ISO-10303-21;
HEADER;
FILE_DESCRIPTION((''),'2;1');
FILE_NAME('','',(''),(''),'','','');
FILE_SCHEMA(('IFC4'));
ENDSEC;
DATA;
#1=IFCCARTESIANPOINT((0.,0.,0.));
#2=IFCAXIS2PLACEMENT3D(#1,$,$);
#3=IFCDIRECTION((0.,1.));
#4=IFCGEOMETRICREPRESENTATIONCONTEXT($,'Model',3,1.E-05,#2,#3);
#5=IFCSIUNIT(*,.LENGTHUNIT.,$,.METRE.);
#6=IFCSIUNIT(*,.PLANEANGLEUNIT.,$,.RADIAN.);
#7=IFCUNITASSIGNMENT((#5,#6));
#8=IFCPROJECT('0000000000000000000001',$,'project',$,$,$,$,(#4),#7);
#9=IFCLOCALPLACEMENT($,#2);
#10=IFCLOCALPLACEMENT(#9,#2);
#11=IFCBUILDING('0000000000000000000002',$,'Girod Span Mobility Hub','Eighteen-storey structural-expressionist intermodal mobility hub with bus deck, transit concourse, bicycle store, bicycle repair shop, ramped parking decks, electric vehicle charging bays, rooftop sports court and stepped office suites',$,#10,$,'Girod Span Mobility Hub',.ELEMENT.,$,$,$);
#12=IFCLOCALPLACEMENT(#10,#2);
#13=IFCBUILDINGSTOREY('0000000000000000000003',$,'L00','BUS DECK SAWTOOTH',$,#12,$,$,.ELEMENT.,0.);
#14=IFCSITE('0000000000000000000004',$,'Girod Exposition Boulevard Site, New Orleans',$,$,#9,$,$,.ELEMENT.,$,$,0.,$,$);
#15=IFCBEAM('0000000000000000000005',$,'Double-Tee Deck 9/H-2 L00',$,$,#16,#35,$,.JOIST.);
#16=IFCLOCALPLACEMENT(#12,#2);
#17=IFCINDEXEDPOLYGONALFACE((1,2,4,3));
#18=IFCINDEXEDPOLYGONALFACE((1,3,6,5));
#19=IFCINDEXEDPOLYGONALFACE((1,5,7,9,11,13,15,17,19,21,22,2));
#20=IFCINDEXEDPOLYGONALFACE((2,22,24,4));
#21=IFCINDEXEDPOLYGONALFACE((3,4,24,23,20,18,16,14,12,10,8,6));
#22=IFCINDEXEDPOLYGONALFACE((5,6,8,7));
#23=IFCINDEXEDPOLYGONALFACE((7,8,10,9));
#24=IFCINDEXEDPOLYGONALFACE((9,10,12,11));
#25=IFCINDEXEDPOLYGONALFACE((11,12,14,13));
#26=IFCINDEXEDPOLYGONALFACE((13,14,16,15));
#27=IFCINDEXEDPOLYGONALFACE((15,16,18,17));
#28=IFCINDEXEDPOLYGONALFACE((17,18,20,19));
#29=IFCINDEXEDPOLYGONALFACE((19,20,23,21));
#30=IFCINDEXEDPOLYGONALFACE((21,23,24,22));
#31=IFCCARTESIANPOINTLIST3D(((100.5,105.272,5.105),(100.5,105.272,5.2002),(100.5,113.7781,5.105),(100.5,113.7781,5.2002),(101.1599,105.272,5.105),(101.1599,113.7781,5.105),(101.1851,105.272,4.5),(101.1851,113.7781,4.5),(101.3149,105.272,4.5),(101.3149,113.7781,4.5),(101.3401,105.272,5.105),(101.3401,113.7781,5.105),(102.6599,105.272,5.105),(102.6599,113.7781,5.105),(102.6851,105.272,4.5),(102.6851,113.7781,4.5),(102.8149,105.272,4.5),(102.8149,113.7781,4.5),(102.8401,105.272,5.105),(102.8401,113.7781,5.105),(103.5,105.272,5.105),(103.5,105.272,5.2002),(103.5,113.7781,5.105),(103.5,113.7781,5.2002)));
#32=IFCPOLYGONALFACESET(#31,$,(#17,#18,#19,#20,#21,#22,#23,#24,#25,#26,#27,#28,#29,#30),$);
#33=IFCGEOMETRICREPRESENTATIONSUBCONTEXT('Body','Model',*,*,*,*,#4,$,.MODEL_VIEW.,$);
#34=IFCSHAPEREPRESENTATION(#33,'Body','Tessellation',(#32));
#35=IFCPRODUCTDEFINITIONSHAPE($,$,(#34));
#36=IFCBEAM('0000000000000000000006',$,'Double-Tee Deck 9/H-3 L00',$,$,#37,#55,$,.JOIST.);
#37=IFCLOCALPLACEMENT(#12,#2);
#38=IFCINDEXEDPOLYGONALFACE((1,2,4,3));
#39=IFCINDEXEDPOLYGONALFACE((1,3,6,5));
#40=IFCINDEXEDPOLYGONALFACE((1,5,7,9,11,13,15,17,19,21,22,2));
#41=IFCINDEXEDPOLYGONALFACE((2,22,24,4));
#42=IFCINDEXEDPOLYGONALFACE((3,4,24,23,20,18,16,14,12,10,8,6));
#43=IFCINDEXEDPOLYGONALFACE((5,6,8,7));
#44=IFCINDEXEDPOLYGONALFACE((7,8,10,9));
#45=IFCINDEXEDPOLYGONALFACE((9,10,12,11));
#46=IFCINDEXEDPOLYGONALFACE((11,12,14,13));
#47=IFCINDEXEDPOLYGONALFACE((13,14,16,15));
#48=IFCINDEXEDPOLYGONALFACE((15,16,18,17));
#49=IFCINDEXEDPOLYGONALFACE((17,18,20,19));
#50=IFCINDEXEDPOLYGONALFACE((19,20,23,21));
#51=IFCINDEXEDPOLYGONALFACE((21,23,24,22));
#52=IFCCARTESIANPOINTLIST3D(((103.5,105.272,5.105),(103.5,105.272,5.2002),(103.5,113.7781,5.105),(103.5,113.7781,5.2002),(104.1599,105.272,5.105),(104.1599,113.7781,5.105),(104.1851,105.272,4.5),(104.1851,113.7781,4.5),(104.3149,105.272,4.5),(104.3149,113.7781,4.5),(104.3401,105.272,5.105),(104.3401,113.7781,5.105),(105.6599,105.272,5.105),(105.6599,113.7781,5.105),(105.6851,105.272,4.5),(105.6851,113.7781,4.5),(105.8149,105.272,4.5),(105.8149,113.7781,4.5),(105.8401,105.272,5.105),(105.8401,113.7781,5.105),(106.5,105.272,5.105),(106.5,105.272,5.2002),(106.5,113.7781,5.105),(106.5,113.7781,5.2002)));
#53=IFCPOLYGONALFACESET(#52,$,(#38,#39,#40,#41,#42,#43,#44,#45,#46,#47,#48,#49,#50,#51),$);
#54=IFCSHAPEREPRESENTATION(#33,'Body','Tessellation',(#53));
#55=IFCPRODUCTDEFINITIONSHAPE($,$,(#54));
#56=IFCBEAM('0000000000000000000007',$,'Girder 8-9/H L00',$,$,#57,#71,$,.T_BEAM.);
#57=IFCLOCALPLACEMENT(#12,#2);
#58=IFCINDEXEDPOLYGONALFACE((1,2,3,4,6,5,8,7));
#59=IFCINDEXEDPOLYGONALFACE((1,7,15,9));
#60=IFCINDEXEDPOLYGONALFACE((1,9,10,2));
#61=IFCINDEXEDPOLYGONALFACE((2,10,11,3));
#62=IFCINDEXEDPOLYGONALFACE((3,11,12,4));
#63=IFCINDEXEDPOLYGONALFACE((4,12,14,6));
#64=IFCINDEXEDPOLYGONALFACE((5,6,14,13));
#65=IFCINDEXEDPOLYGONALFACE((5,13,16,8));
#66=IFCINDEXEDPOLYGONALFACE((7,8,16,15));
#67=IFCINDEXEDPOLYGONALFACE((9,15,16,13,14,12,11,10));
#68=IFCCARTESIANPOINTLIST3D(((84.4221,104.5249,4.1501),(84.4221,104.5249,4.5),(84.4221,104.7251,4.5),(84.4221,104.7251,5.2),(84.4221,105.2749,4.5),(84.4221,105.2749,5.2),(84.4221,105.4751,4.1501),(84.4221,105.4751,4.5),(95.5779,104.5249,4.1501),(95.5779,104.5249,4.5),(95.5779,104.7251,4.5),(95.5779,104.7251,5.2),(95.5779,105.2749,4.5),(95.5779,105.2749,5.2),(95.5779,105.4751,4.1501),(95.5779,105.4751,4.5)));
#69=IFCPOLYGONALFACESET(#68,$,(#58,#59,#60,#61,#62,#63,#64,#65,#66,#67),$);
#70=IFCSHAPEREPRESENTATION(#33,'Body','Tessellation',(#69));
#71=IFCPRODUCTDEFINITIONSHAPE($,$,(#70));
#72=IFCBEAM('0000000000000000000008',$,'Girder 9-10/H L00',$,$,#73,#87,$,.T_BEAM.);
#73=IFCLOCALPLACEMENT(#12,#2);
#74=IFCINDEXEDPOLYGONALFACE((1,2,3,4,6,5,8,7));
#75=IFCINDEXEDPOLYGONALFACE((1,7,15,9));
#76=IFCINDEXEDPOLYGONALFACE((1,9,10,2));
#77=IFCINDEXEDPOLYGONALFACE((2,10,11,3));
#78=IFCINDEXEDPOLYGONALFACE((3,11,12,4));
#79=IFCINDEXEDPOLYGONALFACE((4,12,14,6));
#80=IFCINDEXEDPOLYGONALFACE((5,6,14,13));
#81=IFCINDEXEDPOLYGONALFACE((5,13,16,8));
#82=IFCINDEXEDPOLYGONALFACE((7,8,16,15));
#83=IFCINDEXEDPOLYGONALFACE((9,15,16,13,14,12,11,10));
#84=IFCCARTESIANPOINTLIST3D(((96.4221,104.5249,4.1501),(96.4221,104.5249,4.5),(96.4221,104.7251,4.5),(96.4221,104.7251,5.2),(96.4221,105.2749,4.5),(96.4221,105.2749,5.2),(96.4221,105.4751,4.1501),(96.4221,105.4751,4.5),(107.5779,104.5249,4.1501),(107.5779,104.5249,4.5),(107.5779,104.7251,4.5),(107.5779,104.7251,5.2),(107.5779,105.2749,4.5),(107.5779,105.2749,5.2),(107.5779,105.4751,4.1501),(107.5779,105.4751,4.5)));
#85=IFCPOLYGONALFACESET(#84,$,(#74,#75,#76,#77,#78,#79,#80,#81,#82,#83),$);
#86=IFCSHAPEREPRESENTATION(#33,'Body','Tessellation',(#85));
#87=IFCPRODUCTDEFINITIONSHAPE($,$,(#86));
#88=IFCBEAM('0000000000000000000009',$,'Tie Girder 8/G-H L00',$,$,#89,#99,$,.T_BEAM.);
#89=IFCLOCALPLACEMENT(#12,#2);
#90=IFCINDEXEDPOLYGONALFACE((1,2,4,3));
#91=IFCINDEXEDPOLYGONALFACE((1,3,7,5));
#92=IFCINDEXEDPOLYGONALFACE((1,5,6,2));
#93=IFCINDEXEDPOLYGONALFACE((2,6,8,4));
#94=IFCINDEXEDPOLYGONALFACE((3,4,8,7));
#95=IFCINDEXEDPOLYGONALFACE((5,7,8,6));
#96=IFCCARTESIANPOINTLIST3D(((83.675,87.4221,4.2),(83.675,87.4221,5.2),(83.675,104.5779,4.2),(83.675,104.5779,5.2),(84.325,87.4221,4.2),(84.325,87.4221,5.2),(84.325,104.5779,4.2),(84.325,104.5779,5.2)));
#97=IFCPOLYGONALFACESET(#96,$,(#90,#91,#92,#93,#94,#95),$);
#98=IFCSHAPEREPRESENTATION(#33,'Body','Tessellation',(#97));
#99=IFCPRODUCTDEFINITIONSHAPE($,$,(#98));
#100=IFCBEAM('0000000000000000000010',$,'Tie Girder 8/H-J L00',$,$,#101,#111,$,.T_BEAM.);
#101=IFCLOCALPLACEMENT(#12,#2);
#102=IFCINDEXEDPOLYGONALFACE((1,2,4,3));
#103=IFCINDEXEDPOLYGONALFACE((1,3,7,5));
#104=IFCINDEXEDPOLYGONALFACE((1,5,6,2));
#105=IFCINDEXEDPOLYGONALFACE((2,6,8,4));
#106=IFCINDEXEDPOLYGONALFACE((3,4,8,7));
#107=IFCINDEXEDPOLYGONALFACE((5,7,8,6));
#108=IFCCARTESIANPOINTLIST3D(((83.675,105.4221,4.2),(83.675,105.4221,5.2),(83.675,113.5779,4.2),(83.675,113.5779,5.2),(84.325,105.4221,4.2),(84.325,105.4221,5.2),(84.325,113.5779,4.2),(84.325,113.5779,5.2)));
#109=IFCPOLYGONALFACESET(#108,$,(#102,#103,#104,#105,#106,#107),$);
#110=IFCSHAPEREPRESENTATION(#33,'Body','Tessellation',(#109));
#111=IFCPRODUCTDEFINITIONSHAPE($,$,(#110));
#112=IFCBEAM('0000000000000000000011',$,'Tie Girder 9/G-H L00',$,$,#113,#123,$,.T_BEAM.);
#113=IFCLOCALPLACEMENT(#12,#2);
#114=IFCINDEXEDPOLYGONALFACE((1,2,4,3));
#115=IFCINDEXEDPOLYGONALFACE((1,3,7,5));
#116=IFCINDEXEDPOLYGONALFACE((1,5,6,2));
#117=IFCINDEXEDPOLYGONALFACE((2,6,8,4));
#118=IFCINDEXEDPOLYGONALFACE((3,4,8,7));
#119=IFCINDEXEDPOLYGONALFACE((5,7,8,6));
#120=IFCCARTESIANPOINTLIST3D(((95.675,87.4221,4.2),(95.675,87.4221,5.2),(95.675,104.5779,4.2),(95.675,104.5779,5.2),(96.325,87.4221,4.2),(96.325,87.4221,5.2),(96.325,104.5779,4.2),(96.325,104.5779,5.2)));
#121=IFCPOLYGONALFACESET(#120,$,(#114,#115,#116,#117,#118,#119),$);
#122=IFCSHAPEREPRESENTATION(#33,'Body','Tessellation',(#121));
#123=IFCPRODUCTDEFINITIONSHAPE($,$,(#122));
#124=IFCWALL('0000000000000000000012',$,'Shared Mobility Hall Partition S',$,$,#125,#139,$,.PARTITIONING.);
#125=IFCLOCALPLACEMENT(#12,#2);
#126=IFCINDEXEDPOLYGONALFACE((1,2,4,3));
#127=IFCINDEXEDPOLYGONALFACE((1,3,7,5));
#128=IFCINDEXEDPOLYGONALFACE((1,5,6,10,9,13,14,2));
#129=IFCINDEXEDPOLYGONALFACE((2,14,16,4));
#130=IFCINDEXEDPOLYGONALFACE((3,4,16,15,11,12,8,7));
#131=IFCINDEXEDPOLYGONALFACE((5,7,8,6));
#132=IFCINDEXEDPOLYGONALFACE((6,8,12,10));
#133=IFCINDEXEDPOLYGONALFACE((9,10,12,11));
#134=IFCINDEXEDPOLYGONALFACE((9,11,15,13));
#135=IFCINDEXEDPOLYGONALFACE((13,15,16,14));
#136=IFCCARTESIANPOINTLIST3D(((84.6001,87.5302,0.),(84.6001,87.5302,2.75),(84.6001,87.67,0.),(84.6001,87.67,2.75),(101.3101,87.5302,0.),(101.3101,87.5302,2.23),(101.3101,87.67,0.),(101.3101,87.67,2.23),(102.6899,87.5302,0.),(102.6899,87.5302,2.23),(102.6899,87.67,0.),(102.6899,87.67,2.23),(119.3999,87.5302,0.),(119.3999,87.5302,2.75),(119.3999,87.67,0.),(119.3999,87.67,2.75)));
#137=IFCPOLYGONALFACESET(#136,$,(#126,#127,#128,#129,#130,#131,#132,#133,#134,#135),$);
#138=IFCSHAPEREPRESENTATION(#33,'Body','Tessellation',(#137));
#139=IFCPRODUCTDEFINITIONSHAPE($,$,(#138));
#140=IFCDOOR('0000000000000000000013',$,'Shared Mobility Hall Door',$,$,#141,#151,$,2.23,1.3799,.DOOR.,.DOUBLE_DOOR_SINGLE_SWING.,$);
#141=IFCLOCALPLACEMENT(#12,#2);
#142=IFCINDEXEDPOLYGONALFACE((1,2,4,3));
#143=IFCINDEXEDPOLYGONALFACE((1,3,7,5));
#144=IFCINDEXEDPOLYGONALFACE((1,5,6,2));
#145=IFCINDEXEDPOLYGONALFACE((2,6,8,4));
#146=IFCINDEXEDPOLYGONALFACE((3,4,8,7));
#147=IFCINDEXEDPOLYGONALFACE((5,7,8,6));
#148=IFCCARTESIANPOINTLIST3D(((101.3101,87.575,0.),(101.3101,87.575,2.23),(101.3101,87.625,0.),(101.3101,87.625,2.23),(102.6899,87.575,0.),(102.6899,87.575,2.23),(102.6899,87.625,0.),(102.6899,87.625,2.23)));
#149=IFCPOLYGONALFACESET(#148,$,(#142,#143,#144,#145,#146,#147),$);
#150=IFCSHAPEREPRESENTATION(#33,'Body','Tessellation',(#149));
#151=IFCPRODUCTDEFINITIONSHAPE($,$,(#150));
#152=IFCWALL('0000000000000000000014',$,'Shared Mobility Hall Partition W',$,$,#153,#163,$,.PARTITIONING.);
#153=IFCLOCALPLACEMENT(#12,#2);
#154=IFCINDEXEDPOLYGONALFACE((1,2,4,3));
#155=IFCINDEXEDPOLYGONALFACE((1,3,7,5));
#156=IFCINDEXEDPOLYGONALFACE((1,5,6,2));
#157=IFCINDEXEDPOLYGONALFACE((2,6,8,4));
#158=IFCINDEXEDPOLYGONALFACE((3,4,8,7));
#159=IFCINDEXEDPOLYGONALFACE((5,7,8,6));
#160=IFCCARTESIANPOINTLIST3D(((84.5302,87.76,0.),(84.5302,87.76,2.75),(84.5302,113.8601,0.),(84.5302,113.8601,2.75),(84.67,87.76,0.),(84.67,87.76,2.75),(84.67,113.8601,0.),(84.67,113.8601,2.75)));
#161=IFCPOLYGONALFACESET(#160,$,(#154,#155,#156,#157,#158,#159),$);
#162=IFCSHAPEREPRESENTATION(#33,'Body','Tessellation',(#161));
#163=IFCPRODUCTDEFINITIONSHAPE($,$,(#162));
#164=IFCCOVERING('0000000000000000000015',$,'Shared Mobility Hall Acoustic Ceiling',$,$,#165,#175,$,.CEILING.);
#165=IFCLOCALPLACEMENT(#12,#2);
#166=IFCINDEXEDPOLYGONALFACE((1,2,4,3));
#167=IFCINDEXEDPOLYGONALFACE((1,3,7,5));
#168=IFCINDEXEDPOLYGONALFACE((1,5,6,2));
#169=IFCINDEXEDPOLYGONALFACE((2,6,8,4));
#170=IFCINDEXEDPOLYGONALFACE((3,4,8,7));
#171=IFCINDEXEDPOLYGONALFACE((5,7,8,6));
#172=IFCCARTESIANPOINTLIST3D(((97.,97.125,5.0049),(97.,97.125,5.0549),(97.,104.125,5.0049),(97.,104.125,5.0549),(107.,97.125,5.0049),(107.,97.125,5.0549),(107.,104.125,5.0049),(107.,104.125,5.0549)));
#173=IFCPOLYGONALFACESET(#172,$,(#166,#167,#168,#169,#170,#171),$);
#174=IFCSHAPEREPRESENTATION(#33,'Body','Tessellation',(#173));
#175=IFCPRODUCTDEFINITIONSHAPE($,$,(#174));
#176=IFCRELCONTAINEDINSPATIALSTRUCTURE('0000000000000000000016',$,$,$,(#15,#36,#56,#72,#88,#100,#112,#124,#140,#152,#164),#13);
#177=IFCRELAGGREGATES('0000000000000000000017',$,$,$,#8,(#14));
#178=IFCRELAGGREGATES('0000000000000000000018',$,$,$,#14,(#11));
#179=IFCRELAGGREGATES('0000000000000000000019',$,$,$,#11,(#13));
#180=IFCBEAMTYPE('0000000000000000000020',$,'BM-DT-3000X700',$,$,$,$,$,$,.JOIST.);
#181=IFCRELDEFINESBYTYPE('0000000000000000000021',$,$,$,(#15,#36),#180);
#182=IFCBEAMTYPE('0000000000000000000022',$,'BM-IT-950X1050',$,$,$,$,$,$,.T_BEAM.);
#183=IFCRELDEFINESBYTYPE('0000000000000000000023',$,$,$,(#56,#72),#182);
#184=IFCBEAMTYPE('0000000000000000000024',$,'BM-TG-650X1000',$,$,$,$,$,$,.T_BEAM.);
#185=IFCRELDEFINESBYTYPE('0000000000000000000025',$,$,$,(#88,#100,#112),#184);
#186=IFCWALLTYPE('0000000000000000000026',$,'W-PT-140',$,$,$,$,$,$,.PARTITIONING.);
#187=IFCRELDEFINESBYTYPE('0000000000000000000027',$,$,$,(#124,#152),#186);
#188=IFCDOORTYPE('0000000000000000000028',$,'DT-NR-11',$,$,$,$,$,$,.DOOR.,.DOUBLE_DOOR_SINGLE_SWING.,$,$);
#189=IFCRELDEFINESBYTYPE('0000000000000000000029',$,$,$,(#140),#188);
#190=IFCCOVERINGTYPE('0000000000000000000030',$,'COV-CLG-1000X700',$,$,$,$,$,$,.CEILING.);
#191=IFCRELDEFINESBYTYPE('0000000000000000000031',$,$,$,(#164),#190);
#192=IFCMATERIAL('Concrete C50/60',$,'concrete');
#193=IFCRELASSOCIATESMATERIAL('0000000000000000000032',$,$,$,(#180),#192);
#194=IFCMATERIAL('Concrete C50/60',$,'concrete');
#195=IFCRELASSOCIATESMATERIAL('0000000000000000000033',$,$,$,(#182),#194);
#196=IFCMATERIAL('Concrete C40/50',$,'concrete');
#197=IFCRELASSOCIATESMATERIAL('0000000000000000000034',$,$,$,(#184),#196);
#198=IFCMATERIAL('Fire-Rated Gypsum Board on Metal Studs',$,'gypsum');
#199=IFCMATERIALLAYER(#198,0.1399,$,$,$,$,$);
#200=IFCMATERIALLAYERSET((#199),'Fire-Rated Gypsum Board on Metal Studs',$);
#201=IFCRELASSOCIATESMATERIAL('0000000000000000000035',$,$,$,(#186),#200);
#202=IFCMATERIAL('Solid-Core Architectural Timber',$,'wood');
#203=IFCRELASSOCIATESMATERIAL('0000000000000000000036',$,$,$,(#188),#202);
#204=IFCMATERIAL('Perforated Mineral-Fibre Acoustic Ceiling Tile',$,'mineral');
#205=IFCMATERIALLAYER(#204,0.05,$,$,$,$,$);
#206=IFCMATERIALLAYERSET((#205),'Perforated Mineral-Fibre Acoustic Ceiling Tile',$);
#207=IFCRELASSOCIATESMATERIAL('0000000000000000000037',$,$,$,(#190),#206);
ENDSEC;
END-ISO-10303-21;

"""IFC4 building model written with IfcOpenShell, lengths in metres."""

from ifc_helpers import new_model, si_unit, direction, frame, frame_2d, origin, origin_2d, place, context, subcontext, project, spatial, polyline, rectangle, outline, extrude, material, layer, layer_set, material_profile, profile_set, type_object, element, fill, save


model = new_model("IFC4")

# Units and contexts
model_context = context("Model", 3, precision=1e-05, world=origin(), true_north=direction((0.0, 1.0)))
body_context = subcontext(model_context, "Body", "Model", "MODEL_VIEW")
ifc_project = project(units=[si_unit("LENGTHUNIT", "METRE"), si_unit("PLANEANGLEUNIT", "RADIAN")], contexts=[model_context])

# Site, building, storey
site_placement = place(None, origin())
site = spatial("IfcSite", under=ifc_project, at=site_placement, Name="Girod Exposition Boulevard Site, New Orleans", CompositionType="ELEMENT", RefElevation=0.0)
building_placement = place(site_placement, origin())
building = spatial("IfcBuilding", under=site, at=building_placement, Name="Girod Span Mobility Hub", Description="Eighteen-storey structural-expressionist intermodal mobility hub with bus deck, transit concourse, bicycle store, bicycle repair shop, ramped parking decks, electric vehicle charging bays, rooftop sports court and stepped office suites", LongName="Girod Span Mobility Hub", CompositionType="ELEMENT")
storey_placement = place(building_placement, origin())
storey = spatial("IfcBuildingStorey", under=building, at=storey_placement, Name="L00", Description="BUS DECK SAWTOOTH", CompositionType="ELEMENT", Elevation=0.0)

# Beams
ifc_material_1 = material(Name="Concrete C50/60", Category="concrete")
ifc_material_profile_1 = material_profile(ifc_material_1, outline(polyline([(-1.5, 0.3501), (-1.5, 0.2549), (-0.8401, 0.2549), (-0.8149, -0.3501), (-0.6851, -0.3501), (-0.6599, 0.2549), (0.6599, 0.2549), (0.6851, -0.3501), (0.8149, -0.3501), (0.8401, 0.2549), (1.5, 0.2549), (1.5, 0.3501), (-1.5, 0.3501)])), Name="DT-3000X700")
ifc_profile_set_1 = profile_set([ifc_material_profile_1], Name="Concrete C50/60")
beam_type_1 = type_object("IfcBeamType", Name="BM-DT-3000X700", PredefinedType="JOIST", material=ifc_profile_set_1)
for number, where, z_axis, x_axis, name in (
    (1, (102.0, 105.272, 4.8501), (0.0, 1.0, 0.0), (-1.0, 0.0, 0.0), "Double-Tee Deck 9/H-2 L00"),
    (2, (105.0, 105.272, 4.8501), (0.0, 1.0, 0.0), (-1.0, 0.0, 0.0), "Double-Tee Deck 9/H-3 L00"),
):
    element("IfcBeam", number, at=place(storey_placement, frame(where, z_axis=z_axis, x_axis=x_axis)), inside=storey, type_object=beam_type_1, Name=name, PredefinedType="JOIST", context=body_context, shape_type="SweptSolid", body=[
        extrude(outline(polyline([(-1.5, 0.3501), (-1.5, 0.2549), (-0.8401, 0.2549), (-0.8149, -0.3501), (-0.6851, -0.3501), (-0.6599, 0.2549), (0.6599, 0.2549), (0.6851, -0.3501), (0.8149, -0.3501), (0.8401, 0.2549), (1.5, 0.2549), (1.5, 0.3501), (-1.5, 0.3501)])), origin(), (0.0, 0.0, 1.0), 8.5061),
    ])
ifc_material_2 = material(Name="Concrete C50/60", Category="concrete")
ifc_material_profile_2 = material_profile(ifc_material_2, outline(polyline([(-0.4751, -0.5249), (0.4751, -0.5249), (0.4751, -0.175), (0.2749, -0.175), (0.2749, 0.5249), (-0.2749, 0.5249), (-0.2749, -0.175), (-0.4751, -0.175), (-0.4751, -0.5249)])), Name="IT-950X1050")
ifc_profile_set_2 = profile_set([ifc_material_profile_2], Name="Concrete C50/60")
beam_type_2 = type_object("IfcBeamType", Name="BM-IT-950X1050", PredefinedType="T_BEAM", material=ifc_profile_set_2)
for number, where, z_axis, x_axis, name in (
    (3, (84.4221, 105.0, 4.675), (1.0, 0.0, 0.0), (0.0, 1.0, 0.0), "Girder 8-9/H L00"),
    (4, (96.4221, 105.0, 4.675), (1.0, 0.0, 0.0), (0.0, 1.0, 0.0), "Girder 9-10/H L00"),
):
    element("IfcBeam", number, at=place(storey_placement, frame(where, z_axis=z_axis, x_axis=x_axis)), inside=storey, type_object=beam_type_2, Name=name, PredefinedType="T_BEAM", context=body_context, shape_type="SweptSolid", body=[
        extrude(outline(polyline([(-0.4751, -0.5249), (0.4751, -0.5249), (0.4751, -0.175), (0.2749, -0.175), (0.2749, 0.5249), (-0.2749, 0.5249), (-0.2749, -0.175), (-0.4751, -0.175), (-0.4751, -0.5249)])), origin(), (0.0, 0.0, 1.0), 11.1558),
    ])
ifc_material_3 = material(Name="Concrete C40/50", Category="concrete")
ifc_material_profile_3 = material_profile(ifc_material_3, rectangle(XDim=0.6499, YDim=1.0, at=origin_2d()), Name="TG-650X1000")
ifc_profile_set_3 = profile_set([ifc_material_profile_3], Name="Concrete C40/50")
beam_type_3 = type_object("IfcBeamType", Name="BM-TG-650X1000", PredefinedType="T_BEAM", material=ifc_profile_set_3)
beam_1_placement = place(storey_placement, frame((84.0, 87.4221, 4.7), z_axis=(0.0, 1.0, 0.0), x_axis=(-1.0, 0.0, 0.0)))
element("IfcBeam", 5, at=beam_1_placement, inside=storey, type_object=beam_type_3, Name="Tie Girder 8/G-H L00", PredefinedType="T_BEAM", context=body_context, shape_type="SweptSolid", body=[
    extrude(rectangle(XDim=0.6499, YDim=1.0, at=origin_2d()), origin(), (0.0, 0.0, 1.0), 17.1558),
])
beam_2_placement = place(storey_placement, frame((84.0, 105.4221, 4.7), z_axis=(0.0, 1.0, 0.0), x_axis=(-1.0, 0.0, 0.0)))
element("IfcBeam", 6, at=beam_2_placement, inside=storey, type_object=beam_type_3, Name="Tie Girder 8/H-J L00", PredefinedType="T_BEAM", context=body_context, shape_type="SweptSolid", body=[
    extrude(rectangle(XDim=0.6499, YDim=1.0, at=origin_2d()), origin(), (0.0, 0.0, 1.0), 8.1558),
])
beam_3_placement = place(storey_placement, frame((96.0, 87.4221, 4.7), z_axis=(0.0, 1.0, 0.0), x_axis=(-1.0, 0.0, 0.0)))
element("IfcBeam", 7, at=beam_3_placement, inside=storey, type_object=beam_type_3, Name="Tie Girder 9/G-H L00", PredefinedType="T_BEAM", context=body_context, shape_type="SweptSolid", body=[
    extrude(rectangle(XDim=0.6499, YDim=1.0, at=origin_2d()), origin(), (0.0, 0.0, 1.0), 17.1558),
])

# Wall, opening, door
ifc_material_4 = material(Name="Fire-Rated Gypsum Board on Metal Studs", Category="gypsum")
ifc_layer_1 = layer(ifc_material_4, 0.1399)
ifc_layer_set_1 = layer_set([ifc_layer_1], Name="Fire-Rated Gypsum Board on Metal Studs")
wall_type = type_object("IfcWallType", Name="W-PT-140", PredefinedType="PARTITIONING", material=ifc_layer_set_1)
wall_1_placement = place(storey_placement, frame((84.6001, 87.6001, 0.0), z_axis=(0.0, 0.0, 1.0), x_axis=(1.0, 0.0, 0.0)))
wall_1 = element("IfcWall", 8, at=wall_1_placement, inside=storey, type_object=wall_type, Name="Shared Mobility Hall Partition S", PredefinedType="PARTITIONING", context=body_context, shape_type="SweptSolid", body=[
    extrude(rectangle(XDim=34.7998, YDim=0.1399, at=frame_2d((17.3999, 0.0))), origin(), (0.0, 0.0, 1.0), 2.75),
])
opening_placement = place(wall_1_placement, frame((16.71, 0.0, 0.0)))
opening = element("IfcOpeningElement", 9, at=opening_placement, cuts=wall_1, PredefinedType="OPENING", context=body_context, shape_type="SweptSolid", body=[
    extrude(rectangle(XDim=1.3799, YDim=2.23, at=frame_2d((0.6899, 1.115))), frame((0.0, 0.085, 0.0), z_axis=(0.0, -1.0, 0.0), x_axis=(1.0, 0.0, 0.0)), (0.0, 0.0, 1.0), 0.1699),
])
ifc_material_5 = material(Name="Solid-Core Architectural Timber", Category="wood")
door_type = type_object("IfcDoorType", Name="DT-NR-11", OperationType="DOUBLE_DOOR_SINGLE_SWING", PredefinedType="DOOR", material=ifc_material_5)
door_placement = place(opening_placement, origin())
door = element("IfcDoor", 10, at=door_placement, inside=storey, type_object=door_type, Name="Shared Mobility Hall Door", OperationType="DOUBLE_DOOR_SINGLE_SWING", OverallHeight=2.23, OverallWidth=1.3799, PredefinedType="DOOR", context=body_context, shape_type="SweptSolid", body=[
    extrude(rectangle(XDim=1.3799, YDim=2.23, at=frame_2d((0.6899, 1.115))), frame((0.0, 0.0249, 0.0), z_axis=(0.0, -1.0, 0.0), x_axis=(1.0, 0.0, 0.0)), (0.0, 0.0, 1.0), 0.05),
])
fill(opening, door)

# Wall
wall_2_placement = place(storey_placement, frame((84.6001, 87.76, 0.0), z_axis=(0.0, 0.0, 1.0), x_axis=(0.0, 1.0, 0.0)))
element("IfcWall", 11, at=wall_2_placement, inside=storey, type_object=wall_type, Name="Shared Mobility Hall Partition W", PredefinedType="PARTITIONING", context=body_context, shape_type="SweptSolid", body=[
    extrude(rectangle(XDim=26.1001, YDim=0.1399, at=frame_2d((13.05, 0.0))), origin(), (0.0, 0.0, 1.0), 2.75),
])

# Covering
ifc_material_6 = material(Name="Perforated Mineral-Fibre Acoustic Ceiling Tile", Category="mineral")
ifc_layer_2 = layer(ifc_material_6, 0.05)
ifc_layer_set_2 = layer_set([ifc_layer_2], Name="Perforated Mineral-Fibre Acoustic Ceiling Tile")
covering_type_1 = type_object("IfcCoveringType", Name="COV-CLG-1000X700", PredefinedType="CEILING", material=ifc_layer_set_2)
covering_1_placement = place(storey_placement, frame((102.0, 100.625, 5.0049), z_axis=(0.0, 0.0, 1.0), x_axis=(1.0, 0.0, 0.0)))
element("IfcCovering", 12, at=covering_1_placement, inside=storey, type_object=covering_type_1, Name="Shared Mobility Hall Acoustic Ceiling", PredefinedType="CEILING", context=body_context, shape_type="SweptSolid", body=[
    extrude(rectangle(XDim=10.0, YDim=7.0, at=origin_2d()), origin(), (0.0, 0.0, 1.0), 0.05),
])

save(model, "model.ifc")
